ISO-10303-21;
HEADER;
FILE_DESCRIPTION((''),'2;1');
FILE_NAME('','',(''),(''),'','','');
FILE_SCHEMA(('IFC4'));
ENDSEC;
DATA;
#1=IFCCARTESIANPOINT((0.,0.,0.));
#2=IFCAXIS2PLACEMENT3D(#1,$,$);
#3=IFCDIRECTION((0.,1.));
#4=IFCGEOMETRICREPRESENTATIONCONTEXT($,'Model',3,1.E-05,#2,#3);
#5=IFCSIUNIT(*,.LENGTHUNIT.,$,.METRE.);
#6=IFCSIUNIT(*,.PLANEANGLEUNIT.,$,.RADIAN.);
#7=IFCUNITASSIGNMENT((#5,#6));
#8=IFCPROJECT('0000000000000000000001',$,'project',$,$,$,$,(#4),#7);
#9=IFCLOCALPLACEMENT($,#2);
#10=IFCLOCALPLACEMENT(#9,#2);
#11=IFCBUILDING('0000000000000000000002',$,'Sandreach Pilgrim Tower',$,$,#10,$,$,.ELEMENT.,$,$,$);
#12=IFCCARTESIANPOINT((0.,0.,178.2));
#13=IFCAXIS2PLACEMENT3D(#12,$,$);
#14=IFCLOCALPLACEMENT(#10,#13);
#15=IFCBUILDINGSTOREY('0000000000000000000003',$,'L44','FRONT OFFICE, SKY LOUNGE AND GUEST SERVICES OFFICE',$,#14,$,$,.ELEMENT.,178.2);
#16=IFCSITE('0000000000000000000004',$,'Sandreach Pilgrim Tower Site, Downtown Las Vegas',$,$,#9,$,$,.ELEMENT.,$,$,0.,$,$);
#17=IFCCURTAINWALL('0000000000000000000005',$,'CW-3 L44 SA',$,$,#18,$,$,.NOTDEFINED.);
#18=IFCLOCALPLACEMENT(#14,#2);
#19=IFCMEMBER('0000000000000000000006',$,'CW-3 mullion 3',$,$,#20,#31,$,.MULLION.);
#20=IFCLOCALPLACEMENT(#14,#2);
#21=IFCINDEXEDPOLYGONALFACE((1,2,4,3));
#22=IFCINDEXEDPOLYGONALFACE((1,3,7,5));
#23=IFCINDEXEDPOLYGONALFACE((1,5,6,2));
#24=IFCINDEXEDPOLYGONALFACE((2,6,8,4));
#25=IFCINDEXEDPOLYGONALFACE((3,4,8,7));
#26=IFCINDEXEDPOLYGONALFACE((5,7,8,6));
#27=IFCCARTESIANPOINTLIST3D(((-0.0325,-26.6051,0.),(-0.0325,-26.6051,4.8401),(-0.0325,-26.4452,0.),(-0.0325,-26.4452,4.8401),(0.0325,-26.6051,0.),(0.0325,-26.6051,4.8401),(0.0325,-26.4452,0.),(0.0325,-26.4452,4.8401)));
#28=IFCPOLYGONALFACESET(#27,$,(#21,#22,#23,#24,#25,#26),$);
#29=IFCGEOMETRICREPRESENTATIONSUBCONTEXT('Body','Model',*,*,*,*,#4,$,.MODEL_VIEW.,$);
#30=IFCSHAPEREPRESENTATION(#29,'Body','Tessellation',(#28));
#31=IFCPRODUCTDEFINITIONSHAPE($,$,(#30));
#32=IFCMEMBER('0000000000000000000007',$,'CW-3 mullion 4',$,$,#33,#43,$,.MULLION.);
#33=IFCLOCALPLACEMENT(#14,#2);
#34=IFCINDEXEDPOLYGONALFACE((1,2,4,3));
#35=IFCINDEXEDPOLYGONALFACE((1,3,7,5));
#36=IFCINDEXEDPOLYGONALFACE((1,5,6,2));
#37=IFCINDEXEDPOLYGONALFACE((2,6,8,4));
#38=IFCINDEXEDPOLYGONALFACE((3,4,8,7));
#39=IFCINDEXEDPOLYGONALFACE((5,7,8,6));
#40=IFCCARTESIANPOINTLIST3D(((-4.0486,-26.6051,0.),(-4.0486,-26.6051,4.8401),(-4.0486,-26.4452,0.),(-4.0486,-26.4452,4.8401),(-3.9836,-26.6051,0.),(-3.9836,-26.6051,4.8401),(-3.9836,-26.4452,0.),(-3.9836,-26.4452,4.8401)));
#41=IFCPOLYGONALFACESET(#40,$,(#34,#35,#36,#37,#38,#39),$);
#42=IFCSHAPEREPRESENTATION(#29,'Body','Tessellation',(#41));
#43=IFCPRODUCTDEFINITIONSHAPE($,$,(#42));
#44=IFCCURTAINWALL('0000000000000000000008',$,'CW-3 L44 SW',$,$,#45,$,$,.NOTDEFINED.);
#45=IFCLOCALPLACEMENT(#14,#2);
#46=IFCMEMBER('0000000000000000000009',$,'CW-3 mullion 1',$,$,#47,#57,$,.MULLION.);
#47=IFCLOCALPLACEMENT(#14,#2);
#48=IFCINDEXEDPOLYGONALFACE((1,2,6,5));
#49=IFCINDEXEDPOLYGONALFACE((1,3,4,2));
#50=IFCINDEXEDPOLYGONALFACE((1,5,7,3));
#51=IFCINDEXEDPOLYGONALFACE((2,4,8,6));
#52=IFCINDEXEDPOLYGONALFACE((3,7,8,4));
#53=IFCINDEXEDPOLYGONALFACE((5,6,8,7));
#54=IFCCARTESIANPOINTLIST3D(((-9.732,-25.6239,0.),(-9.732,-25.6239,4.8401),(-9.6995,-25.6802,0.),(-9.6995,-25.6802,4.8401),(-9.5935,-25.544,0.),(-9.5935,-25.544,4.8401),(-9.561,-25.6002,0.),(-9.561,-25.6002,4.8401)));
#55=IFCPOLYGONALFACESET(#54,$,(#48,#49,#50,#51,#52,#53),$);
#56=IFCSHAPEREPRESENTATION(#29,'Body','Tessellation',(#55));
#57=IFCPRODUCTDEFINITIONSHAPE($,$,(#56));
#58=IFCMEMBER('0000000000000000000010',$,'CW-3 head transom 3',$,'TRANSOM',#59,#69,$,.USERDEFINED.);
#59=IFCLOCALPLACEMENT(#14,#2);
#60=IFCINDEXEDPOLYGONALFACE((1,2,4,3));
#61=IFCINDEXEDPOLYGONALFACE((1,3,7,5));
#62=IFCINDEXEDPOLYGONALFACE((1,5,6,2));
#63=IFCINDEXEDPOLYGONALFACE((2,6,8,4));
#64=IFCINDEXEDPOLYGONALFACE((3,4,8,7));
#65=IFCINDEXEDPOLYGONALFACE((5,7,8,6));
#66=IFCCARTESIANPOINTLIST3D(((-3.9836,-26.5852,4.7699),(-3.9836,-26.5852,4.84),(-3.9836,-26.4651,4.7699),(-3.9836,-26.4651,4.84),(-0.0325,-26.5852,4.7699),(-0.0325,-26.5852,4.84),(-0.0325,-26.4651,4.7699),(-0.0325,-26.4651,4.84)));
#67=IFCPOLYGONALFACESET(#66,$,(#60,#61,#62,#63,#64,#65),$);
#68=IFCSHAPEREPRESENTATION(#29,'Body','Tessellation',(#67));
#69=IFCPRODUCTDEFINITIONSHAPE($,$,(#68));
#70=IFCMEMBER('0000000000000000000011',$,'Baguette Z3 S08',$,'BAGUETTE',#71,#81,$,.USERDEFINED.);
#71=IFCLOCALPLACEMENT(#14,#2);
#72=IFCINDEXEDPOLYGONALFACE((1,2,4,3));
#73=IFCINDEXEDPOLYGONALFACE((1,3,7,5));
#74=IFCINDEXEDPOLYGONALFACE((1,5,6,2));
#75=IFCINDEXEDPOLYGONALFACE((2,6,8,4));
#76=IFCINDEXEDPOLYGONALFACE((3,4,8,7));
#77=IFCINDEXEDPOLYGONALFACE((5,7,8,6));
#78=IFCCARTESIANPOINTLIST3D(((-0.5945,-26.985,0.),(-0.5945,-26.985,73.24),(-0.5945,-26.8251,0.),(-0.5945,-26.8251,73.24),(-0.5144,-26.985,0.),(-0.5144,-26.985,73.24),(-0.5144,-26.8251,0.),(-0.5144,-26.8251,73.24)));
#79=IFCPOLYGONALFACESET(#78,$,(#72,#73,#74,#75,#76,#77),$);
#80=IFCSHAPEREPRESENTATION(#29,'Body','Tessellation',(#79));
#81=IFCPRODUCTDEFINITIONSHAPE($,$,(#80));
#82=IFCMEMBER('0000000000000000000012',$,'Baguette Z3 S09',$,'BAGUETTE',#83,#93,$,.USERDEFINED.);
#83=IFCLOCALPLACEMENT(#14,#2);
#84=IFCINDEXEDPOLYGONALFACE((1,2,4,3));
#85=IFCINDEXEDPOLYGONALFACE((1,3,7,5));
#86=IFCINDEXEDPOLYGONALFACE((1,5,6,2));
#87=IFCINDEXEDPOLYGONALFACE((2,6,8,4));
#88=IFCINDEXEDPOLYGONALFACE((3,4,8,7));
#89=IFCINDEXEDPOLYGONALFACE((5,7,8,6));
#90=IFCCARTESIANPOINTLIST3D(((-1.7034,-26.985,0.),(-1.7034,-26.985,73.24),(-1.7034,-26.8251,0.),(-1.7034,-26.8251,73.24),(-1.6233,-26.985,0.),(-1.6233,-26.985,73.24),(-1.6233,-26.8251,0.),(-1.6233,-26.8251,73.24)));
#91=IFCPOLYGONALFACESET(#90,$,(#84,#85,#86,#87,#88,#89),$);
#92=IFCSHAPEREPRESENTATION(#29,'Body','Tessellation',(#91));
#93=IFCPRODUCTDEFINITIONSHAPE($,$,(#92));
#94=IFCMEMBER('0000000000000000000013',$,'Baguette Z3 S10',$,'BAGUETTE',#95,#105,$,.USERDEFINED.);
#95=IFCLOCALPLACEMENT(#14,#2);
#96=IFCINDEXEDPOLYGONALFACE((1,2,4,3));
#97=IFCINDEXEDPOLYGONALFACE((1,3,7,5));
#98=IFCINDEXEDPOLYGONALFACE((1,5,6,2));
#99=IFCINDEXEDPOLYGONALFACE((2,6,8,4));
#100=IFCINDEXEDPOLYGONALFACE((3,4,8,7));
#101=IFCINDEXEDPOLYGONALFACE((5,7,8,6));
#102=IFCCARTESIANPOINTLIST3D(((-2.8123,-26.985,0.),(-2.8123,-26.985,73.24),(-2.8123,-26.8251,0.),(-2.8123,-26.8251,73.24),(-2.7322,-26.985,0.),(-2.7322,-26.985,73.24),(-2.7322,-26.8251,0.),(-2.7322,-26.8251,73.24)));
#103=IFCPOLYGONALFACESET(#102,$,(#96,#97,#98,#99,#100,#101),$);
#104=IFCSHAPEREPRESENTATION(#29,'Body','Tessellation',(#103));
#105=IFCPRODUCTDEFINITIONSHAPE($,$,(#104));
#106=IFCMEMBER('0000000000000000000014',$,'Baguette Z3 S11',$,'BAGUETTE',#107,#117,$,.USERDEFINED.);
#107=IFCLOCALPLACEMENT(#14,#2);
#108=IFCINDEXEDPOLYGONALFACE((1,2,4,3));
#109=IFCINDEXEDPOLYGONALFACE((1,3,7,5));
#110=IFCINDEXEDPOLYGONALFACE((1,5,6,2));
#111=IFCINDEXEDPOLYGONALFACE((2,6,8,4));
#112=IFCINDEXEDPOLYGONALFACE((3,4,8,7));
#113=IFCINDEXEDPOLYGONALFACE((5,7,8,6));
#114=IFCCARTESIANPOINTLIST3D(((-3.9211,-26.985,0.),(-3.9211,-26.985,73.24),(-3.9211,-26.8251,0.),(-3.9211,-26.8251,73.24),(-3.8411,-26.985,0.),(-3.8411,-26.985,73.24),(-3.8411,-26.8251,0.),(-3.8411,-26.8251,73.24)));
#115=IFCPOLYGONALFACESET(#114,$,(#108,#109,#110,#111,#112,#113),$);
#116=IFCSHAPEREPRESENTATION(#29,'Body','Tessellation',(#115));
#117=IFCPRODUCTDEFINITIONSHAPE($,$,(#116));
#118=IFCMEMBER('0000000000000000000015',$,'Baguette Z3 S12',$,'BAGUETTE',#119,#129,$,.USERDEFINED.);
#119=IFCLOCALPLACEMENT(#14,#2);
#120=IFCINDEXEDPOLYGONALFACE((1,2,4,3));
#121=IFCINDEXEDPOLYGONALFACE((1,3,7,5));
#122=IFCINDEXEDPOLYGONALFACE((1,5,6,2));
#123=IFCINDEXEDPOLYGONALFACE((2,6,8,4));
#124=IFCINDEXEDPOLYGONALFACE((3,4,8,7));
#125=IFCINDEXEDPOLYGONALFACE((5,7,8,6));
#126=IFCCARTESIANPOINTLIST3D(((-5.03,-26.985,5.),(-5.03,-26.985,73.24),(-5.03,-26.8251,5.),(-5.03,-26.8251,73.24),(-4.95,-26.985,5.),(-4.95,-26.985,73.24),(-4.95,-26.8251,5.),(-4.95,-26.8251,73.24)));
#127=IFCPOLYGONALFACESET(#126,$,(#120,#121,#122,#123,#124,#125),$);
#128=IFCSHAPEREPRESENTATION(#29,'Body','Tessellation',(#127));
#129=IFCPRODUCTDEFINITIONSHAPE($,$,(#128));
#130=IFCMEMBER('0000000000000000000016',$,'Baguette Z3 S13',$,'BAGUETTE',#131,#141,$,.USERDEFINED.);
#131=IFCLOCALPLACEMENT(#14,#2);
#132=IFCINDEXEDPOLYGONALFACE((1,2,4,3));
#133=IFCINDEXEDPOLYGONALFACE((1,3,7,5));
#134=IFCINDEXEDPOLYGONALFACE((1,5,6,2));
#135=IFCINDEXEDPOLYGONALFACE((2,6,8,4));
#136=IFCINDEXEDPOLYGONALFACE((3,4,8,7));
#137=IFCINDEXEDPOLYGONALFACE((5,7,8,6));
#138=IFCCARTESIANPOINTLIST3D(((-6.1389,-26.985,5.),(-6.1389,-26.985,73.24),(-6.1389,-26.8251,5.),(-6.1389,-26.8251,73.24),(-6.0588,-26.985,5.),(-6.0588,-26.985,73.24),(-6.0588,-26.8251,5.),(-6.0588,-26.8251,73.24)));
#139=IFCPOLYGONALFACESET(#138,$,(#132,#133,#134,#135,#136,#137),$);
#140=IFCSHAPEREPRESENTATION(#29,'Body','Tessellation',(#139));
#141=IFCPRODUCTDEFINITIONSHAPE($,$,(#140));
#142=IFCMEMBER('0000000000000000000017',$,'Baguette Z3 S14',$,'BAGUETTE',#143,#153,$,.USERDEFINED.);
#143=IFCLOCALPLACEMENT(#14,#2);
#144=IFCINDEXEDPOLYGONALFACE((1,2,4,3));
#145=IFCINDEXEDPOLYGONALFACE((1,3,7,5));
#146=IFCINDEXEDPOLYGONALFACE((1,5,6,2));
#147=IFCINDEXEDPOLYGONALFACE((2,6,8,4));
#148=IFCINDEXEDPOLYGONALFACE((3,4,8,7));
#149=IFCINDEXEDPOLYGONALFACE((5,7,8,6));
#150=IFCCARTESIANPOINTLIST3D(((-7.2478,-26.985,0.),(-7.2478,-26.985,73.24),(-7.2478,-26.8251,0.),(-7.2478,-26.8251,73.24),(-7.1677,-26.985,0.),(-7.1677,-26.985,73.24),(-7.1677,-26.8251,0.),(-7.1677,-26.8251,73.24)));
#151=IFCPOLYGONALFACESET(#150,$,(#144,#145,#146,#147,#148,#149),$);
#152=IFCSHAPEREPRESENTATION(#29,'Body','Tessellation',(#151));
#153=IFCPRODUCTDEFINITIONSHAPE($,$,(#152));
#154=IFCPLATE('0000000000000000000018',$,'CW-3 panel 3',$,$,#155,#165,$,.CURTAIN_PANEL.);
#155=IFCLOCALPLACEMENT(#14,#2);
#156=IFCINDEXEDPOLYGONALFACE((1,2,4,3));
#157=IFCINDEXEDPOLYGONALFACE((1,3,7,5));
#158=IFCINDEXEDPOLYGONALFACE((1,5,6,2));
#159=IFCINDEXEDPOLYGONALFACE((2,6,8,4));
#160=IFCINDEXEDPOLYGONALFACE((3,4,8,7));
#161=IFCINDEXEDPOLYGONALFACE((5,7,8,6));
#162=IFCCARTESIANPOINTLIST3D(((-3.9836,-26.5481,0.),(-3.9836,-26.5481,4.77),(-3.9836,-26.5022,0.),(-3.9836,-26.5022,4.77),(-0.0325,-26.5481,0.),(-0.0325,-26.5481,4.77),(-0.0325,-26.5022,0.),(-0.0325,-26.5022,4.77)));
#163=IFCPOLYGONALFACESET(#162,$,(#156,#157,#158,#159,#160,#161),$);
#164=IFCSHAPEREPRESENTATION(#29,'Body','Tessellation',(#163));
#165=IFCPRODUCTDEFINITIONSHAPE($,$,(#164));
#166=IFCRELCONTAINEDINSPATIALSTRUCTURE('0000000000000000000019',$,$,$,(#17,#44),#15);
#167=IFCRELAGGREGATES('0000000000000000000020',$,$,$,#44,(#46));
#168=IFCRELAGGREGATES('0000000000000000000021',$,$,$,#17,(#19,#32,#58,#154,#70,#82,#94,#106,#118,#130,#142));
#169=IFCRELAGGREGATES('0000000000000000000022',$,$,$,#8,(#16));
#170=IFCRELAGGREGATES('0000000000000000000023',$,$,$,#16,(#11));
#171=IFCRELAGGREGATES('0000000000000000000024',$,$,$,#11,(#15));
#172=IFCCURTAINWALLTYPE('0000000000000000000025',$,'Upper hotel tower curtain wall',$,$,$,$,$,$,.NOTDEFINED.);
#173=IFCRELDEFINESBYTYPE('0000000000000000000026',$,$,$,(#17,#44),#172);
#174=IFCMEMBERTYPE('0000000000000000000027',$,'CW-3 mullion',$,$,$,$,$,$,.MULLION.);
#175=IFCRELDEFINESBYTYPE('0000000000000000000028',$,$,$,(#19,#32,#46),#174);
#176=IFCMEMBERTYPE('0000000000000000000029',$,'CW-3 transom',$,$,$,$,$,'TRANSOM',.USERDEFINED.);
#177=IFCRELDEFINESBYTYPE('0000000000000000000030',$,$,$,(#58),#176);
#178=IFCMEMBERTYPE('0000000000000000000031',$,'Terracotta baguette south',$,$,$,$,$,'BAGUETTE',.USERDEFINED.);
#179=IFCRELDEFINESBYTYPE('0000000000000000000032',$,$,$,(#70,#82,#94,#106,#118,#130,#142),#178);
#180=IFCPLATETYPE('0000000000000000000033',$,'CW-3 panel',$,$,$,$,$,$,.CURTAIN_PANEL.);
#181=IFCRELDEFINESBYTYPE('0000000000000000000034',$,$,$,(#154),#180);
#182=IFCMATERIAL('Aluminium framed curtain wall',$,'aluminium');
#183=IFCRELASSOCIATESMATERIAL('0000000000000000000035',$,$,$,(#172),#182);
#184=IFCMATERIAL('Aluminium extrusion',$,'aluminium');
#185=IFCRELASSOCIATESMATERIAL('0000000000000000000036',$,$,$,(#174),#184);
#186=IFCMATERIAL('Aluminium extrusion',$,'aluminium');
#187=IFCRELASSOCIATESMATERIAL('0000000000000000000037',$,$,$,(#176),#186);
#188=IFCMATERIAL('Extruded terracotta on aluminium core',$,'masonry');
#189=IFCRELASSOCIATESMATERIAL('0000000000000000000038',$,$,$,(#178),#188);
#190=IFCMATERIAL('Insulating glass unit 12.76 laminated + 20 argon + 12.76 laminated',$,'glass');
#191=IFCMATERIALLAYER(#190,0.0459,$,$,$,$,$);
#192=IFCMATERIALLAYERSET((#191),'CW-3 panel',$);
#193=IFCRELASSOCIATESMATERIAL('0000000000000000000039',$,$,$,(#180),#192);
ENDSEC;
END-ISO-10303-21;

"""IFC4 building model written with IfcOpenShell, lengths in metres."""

from ifc_helpers import new_model, si_unit, direction, frame, origin, origin_2d, place, context, subcontext, project, spatial, rectangle, extrude, material, layer, layer_set, material_profile, profile_set, type_object, element, aggregate, save


model = new_model("IFC4")

# Units and contexts
model_context = context("Model", 3, precision=1e-05, world=origin(), true_north=direction((0.0, 1.0)))
body_context = subcontext(model_context, "Body", "Model", "MODEL_VIEW")
ifc_project = project(units=[si_unit("LENGTHUNIT", "METRE"), si_unit("PLANEANGLEUNIT", "RADIAN")], contexts=[model_context])

# Site, building, storey
site_placement = place(None, origin())
site = spatial("IfcSite", under=ifc_project, at=site_placement, Name="Sandreach Pilgrim Tower Site, Downtown Las Vegas", CompositionType="ELEMENT", RefElevation=0.0)
building_placement = place(site_placement, origin())
building = spatial("IfcBuilding", under=site, at=building_placement, Name="Sandreach Pilgrim Tower", CompositionType="ELEMENT")
storey_placement = place(building_placement, frame((0.0, 0.0, 178.2)))
storey = spatial("IfcBuildingStorey", under=building, at=storey_placement, Name="L44", Description="FRONT OFFICE, SKY LOUNGE AND GUEST SERVICES OFFICE", CompositionType="ELEMENT", Elevation=178.2)

# Curtain wall, members
ifc_material_1 = material(Name="Aluminium framed curtain wall", Category="aluminium")
curtain_wall_type = type_object("IfcCurtainWallType", Name="Upper hotel tower curtain wall", PredefinedType="NOTDEFINED", material=ifc_material_1)
curtain_wall_1_placement = place(storey_placement, origin())
curtain_wall_1 = element("IfcCurtainWall", 1, at=curtain_wall_1_placement, inside=storey, type_object=curtain_wall_type, Name="CW-3 L44 SA", PredefinedType="NOTDEFINED")
ifc_material_2 = material(Name="Aluminium extrusion", Category="aluminium")
ifc_material_profile_1 = material_profile(ifc_material_2, rectangle(XDim=0.0649, YDim=0.1599, at=origin_2d()), Name="CW-3M 65X160")
ifc_profile_set_1 = profile_set([ifc_material_profile_1], Name="Aluminium extrusion")
member_type_1 = type_object("IfcMemberType", Name="CW-3 mullion", PredefinedType="MULLION", material=ifc_profile_set_1)
member_1_placement = place(storey_placement, frame((0.0, -26.5251, 0.0), z_axis=(0.0, 0.0, 1.0), x_axis=(-1.0, 0.0, 0.0)))
member_1 = element("IfcMember", 2, at=member_1_placement, type_object=member_type_1, Name="CW-3 mullion 3", PredefinedType="MULLION", context=body_context, shape_type="SweptSolid", body=[
    extrude(rectangle(XDim=0.0649, YDim=0.1599, at=origin_2d()), origin(), (0.0, 0.0, 1.0), 4.8401),
])
member_2_placement = place(storey_placement, frame((-4.0161, -26.5251, 0.0), z_axis=(0.0, 0.0, 1.0), x_axis=(-1.0, 0.0, 0.0)))
member_2 = element("IfcMember", 3, at=member_2_placement, type_object=member_type_1, Name="CW-3 mullion 4", PredefinedType="MULLION", context=body_context, shape_type="SweptSolid", body=[
    extrude(rectangle(XDim=0.0649, YDim=0.1599, at=origin_2d()), origin(), (0.0, 0.0, 1.0), 4.8401),
])

# Curtain wall, member
curtain_wall_2_placement = place(storey_placement, origin())
curtain_wall_2 = element("IfcCurtainWall", 4, at=curtain_wall_2_placement, inside=storey, type_object=curtain_wall_type, Name="CW-3 L44 SW", PredefinedType="NOTDEFINED")
member_3_placement = place(storey_placement, frame((-9.6465, -25.6121, 0.0), z_axis=(0.0, 0.0, 1.0), x_axis=(-0.5, 0.866025, 0.0)))
member_3 = element("IfcMember", 5, at=member_3_placement, type_object=member_type_1, Name="CW-3 mullion 1", PredefinedType="MULLION", context=body_context, shape_type="SweptSolid", body=[
    extrude(rectangle(XDim=0.0649, YDim=0.1599, at=origin_2d()), origin(), (0.0, 0.0, 1.0), 4.8401),
])
aggregate(curtain_wall_2, [member_3])

# Members
ifc_material_3 = material(Name="Aluminium extrusion", Category="aluminium")
ifc_material_profile_2 = material_profile(ifc_material_3, rectangle(XDim=0.1201, YDim=0.0701, at=origin_2d()), Name="CW-3T 120X70")
ifc_profile_set_2 = profile_set([ifc_material_profile_2], Name="Aluminium extrusion")
member_type_2 = type_object("IfcMemberType", Name="CW-3 transom", ElementType="TRANSOM", PredefinedType="USERDEFINED", material=ifc_profile_set_2)
member_4_placement = place(storey_placement, frame((-0.0325, -26.5251, 4.8049), z_axis=(-1.0, 0.0, 0.0), x_axis=(0.0, -1.0, 0.0)))
member_4 = element("IfcMember", 6, at=member_4_placement, type_object=member_type_2, Name="CW-3 head transom 3", ObjectType="TRANSOM", PredefinedType="USERDEFINED", context=body_context, shape_type="SweptSolid", body=[
    extrude(rectangle(XDim=0.1201, YDim=0.0701, at=origin_2d()), origin(), (0.0, 0.0, 1.0), 3.9512),
])
ifc_material_4 = material(Name="Extruded terracotta on aluminium core", Category="masonry")
ifc_material_profile_3 = material_profile(ifc_material_4, rectangle(XDim=0.0801, YDim=0.1599, at=origin_2d()), Name="TBS 80X160")
ifc_profile_set_3 = profile_set([ifc_material_profile_3], Name="Extruded terracotta on aluminium core")
member_type_3 = type_object("IfcMemberType", Name="Terracotta baguette south", ElementType="BAGUETTE", PredefinedType="USERDEFINED", material=ifc_profile_set_3)
member_5_placement = place(storey_placement, frame((-0.5544, -26.905, 0.0), z_axis=(0.0, 0.0, 1.0), x_axis=(-1.0, 0.0, 0.0)))
member_5 = element("IfcMember", 7, at=member_5_placement, type_object=member_type_3, Name="Baguette Z3 S08", ObjectType="BAGUETTE", PredefinedType="USERDEFINED", context=body_context, shape_type="SweptSolid", body=[
    extrude(rectangle(XDim=0.0801, YDim=0.1599, at=origin_2d()), origin(), (0.0, 0.0, 1.0), 73.24),
])
member_6_placement = place(storey_placement, frame((-1.6633, -26.905, 0.0), z_axis=(0.0, 0.0, 1.0), x_axis=(-1.0, 0.0, 0.0)))
member_6 = element("IfcMember", 8, at=member_6_placement, type_object=member_type_3, Name="Baguette Z3 S09", ObjectType="BAGUETTE", PredefinedType="USERDEFINED", context=body_context, shape_type="SweptSolid", body=[
    extrude(rectangle(XDim=0.0801, YDim=0.1599, at=origin_2d()), origin(), (0.0, 0.0, 1.0), 73.24),
])
member_7_placement = place(storey_placement, frame((-2.7722, -26.905, 0.0), z_axis=(0.0, 0.0, 1.0), x_axis=(-1.0, 0.0, 0.0)))
member_7 = element("IfcMember", 9, at=member_7_placement, type_object=member_type_3, Name="Baguette Z3 S10", ObjectType="BAGUETTE", PredefinedType="USERDEFINED", context=body_context, shape_type="SweptSolid", body=[
    extrude(rectangle(XDim=0.0801, YDim=0.1599, at=origin_2d()), origin(), (0.0, 0.0, 1.0), 73.24),
])
member_8_placement = place(storey_placement, frame((-3.8811, -26.905, 0.0), z_axis=(0.0, 0.0, 1.0), x_axis=(-1.0, 0.0, 0.0)))
member_8 = element("IfcMember", 10, at=member_8_placement, type_object=member_type_3, Name="Baguette Z3 S11", ObjectType="BAGUETTE", PredefinedType="USERDEFINED", context=body_context, shape_type="SweptSolid", body=[
    extrude(rectangle(XDim=0.0801, YDim=0.1599, at=origin_2d()), origin(), (0.0, 0.0, 1.0), 73.24),
])
member_9_placement = place(storey_placement, frame((-4.99, -26.905, 5.0), z_axis=(0.0, 0.0, 1.0), x_axis=(-1.0, 0.0, 0.0)))
member_9 = element("IfcMember", 11, at=member_9_placement, type_object=member_type_3, Name="Baguette Z3 S12", ObjectType="BAGUETTE", PredefinedType="USERDEFINED", context=body_context, shape_type="SweptSolid", body=[
    extrude(rectangle(XDim=0.0801, YDim=0.1599, at=origin_2d()), origin(), (0.0, 0.0, 1.0), 68.24),
])
member_10_placement = place(storey_placement, frame((-6.0989, -26.905, 5.0), z_axis=(0.0, 0.0, 1.0), x_axis=(-1.0, 0.0, 0.0)))
member_10 = element("IfcMember", 12, at=member_10_placement, type_object=member_type_3, Name="Baguette Z3 S13", ObjectType="BAGUETTE", PredefinedType="USERDEFINED", context=body_context, shape_type="SweptSolid", body=[
    extrude(rectangle(XDim=0.0801, YDim=0.1599, at=origin_2d()), origin(), (0.0, 0.0, 1.0), 68.24),
])
member_11_placement = place(storey_placement, frame((-7.2078, -26.905, 0.0), z_axis=(0.0, 0.0, 1.0), x_axis=(-1.0, 0.0, 0.0)))
member_11 = element("IfcMember", 13, at=member_11_placement, type_object=member_type_3, Name="Baguette Z3 S14", ObjectType="BAGUETTE", PredefinedType="USERDEFINED", context=body_context, shape_type="SweptSolid", body=[
    extrude(rectangle(XDim=0.0801, YDim=0.1599, at=origin_2d()), origin(), (0.0, 0.0, 1.0), 73.24),
])

# Plate
ifc_material_5 = material(Name="Insulating glass unit 12.76 laminated + 20 argon + 12.76 laminated", Category="glass")
ifc_layer_1 = layer(ifc_material_5, 0.0459)
ifc_layer_set_1 = layer_set([ifc_layer_1], Name="CW-3 panel")
plate_type = type_object("IfcPlateType", Name="CW-3 panel", PredefinedType="CURTAIN_PANEL", material=ifc_layer_set_1)
plate_placement = place(storey_placement, frame((-2.0081, -26.5251, 0.0), z_axis=(0.0, 0.0, 1.0), x_axis=(-1.0, 0.0, 0.0)))
plate = element("IfcPlate", 14, at=plate_placement, type_object=plate_type, Name="CW-3 panel 3", PredefinedType="CURTAIN_PANEL", context=body_context, shape_type="SweptSolid", body=[
    extrude(rectangle(XDim=3.9512, YDim=0.0459, at=origin_2d()), origin(), (0.0, 0.0, 1.0), 4.77),
])
aggregate(curtain_wall_1, [member_1, member_2, member_4, plate, member_5, member_6, member_7, member_8, member_9, member_10, member_11])

save(model, "model.ifc")
